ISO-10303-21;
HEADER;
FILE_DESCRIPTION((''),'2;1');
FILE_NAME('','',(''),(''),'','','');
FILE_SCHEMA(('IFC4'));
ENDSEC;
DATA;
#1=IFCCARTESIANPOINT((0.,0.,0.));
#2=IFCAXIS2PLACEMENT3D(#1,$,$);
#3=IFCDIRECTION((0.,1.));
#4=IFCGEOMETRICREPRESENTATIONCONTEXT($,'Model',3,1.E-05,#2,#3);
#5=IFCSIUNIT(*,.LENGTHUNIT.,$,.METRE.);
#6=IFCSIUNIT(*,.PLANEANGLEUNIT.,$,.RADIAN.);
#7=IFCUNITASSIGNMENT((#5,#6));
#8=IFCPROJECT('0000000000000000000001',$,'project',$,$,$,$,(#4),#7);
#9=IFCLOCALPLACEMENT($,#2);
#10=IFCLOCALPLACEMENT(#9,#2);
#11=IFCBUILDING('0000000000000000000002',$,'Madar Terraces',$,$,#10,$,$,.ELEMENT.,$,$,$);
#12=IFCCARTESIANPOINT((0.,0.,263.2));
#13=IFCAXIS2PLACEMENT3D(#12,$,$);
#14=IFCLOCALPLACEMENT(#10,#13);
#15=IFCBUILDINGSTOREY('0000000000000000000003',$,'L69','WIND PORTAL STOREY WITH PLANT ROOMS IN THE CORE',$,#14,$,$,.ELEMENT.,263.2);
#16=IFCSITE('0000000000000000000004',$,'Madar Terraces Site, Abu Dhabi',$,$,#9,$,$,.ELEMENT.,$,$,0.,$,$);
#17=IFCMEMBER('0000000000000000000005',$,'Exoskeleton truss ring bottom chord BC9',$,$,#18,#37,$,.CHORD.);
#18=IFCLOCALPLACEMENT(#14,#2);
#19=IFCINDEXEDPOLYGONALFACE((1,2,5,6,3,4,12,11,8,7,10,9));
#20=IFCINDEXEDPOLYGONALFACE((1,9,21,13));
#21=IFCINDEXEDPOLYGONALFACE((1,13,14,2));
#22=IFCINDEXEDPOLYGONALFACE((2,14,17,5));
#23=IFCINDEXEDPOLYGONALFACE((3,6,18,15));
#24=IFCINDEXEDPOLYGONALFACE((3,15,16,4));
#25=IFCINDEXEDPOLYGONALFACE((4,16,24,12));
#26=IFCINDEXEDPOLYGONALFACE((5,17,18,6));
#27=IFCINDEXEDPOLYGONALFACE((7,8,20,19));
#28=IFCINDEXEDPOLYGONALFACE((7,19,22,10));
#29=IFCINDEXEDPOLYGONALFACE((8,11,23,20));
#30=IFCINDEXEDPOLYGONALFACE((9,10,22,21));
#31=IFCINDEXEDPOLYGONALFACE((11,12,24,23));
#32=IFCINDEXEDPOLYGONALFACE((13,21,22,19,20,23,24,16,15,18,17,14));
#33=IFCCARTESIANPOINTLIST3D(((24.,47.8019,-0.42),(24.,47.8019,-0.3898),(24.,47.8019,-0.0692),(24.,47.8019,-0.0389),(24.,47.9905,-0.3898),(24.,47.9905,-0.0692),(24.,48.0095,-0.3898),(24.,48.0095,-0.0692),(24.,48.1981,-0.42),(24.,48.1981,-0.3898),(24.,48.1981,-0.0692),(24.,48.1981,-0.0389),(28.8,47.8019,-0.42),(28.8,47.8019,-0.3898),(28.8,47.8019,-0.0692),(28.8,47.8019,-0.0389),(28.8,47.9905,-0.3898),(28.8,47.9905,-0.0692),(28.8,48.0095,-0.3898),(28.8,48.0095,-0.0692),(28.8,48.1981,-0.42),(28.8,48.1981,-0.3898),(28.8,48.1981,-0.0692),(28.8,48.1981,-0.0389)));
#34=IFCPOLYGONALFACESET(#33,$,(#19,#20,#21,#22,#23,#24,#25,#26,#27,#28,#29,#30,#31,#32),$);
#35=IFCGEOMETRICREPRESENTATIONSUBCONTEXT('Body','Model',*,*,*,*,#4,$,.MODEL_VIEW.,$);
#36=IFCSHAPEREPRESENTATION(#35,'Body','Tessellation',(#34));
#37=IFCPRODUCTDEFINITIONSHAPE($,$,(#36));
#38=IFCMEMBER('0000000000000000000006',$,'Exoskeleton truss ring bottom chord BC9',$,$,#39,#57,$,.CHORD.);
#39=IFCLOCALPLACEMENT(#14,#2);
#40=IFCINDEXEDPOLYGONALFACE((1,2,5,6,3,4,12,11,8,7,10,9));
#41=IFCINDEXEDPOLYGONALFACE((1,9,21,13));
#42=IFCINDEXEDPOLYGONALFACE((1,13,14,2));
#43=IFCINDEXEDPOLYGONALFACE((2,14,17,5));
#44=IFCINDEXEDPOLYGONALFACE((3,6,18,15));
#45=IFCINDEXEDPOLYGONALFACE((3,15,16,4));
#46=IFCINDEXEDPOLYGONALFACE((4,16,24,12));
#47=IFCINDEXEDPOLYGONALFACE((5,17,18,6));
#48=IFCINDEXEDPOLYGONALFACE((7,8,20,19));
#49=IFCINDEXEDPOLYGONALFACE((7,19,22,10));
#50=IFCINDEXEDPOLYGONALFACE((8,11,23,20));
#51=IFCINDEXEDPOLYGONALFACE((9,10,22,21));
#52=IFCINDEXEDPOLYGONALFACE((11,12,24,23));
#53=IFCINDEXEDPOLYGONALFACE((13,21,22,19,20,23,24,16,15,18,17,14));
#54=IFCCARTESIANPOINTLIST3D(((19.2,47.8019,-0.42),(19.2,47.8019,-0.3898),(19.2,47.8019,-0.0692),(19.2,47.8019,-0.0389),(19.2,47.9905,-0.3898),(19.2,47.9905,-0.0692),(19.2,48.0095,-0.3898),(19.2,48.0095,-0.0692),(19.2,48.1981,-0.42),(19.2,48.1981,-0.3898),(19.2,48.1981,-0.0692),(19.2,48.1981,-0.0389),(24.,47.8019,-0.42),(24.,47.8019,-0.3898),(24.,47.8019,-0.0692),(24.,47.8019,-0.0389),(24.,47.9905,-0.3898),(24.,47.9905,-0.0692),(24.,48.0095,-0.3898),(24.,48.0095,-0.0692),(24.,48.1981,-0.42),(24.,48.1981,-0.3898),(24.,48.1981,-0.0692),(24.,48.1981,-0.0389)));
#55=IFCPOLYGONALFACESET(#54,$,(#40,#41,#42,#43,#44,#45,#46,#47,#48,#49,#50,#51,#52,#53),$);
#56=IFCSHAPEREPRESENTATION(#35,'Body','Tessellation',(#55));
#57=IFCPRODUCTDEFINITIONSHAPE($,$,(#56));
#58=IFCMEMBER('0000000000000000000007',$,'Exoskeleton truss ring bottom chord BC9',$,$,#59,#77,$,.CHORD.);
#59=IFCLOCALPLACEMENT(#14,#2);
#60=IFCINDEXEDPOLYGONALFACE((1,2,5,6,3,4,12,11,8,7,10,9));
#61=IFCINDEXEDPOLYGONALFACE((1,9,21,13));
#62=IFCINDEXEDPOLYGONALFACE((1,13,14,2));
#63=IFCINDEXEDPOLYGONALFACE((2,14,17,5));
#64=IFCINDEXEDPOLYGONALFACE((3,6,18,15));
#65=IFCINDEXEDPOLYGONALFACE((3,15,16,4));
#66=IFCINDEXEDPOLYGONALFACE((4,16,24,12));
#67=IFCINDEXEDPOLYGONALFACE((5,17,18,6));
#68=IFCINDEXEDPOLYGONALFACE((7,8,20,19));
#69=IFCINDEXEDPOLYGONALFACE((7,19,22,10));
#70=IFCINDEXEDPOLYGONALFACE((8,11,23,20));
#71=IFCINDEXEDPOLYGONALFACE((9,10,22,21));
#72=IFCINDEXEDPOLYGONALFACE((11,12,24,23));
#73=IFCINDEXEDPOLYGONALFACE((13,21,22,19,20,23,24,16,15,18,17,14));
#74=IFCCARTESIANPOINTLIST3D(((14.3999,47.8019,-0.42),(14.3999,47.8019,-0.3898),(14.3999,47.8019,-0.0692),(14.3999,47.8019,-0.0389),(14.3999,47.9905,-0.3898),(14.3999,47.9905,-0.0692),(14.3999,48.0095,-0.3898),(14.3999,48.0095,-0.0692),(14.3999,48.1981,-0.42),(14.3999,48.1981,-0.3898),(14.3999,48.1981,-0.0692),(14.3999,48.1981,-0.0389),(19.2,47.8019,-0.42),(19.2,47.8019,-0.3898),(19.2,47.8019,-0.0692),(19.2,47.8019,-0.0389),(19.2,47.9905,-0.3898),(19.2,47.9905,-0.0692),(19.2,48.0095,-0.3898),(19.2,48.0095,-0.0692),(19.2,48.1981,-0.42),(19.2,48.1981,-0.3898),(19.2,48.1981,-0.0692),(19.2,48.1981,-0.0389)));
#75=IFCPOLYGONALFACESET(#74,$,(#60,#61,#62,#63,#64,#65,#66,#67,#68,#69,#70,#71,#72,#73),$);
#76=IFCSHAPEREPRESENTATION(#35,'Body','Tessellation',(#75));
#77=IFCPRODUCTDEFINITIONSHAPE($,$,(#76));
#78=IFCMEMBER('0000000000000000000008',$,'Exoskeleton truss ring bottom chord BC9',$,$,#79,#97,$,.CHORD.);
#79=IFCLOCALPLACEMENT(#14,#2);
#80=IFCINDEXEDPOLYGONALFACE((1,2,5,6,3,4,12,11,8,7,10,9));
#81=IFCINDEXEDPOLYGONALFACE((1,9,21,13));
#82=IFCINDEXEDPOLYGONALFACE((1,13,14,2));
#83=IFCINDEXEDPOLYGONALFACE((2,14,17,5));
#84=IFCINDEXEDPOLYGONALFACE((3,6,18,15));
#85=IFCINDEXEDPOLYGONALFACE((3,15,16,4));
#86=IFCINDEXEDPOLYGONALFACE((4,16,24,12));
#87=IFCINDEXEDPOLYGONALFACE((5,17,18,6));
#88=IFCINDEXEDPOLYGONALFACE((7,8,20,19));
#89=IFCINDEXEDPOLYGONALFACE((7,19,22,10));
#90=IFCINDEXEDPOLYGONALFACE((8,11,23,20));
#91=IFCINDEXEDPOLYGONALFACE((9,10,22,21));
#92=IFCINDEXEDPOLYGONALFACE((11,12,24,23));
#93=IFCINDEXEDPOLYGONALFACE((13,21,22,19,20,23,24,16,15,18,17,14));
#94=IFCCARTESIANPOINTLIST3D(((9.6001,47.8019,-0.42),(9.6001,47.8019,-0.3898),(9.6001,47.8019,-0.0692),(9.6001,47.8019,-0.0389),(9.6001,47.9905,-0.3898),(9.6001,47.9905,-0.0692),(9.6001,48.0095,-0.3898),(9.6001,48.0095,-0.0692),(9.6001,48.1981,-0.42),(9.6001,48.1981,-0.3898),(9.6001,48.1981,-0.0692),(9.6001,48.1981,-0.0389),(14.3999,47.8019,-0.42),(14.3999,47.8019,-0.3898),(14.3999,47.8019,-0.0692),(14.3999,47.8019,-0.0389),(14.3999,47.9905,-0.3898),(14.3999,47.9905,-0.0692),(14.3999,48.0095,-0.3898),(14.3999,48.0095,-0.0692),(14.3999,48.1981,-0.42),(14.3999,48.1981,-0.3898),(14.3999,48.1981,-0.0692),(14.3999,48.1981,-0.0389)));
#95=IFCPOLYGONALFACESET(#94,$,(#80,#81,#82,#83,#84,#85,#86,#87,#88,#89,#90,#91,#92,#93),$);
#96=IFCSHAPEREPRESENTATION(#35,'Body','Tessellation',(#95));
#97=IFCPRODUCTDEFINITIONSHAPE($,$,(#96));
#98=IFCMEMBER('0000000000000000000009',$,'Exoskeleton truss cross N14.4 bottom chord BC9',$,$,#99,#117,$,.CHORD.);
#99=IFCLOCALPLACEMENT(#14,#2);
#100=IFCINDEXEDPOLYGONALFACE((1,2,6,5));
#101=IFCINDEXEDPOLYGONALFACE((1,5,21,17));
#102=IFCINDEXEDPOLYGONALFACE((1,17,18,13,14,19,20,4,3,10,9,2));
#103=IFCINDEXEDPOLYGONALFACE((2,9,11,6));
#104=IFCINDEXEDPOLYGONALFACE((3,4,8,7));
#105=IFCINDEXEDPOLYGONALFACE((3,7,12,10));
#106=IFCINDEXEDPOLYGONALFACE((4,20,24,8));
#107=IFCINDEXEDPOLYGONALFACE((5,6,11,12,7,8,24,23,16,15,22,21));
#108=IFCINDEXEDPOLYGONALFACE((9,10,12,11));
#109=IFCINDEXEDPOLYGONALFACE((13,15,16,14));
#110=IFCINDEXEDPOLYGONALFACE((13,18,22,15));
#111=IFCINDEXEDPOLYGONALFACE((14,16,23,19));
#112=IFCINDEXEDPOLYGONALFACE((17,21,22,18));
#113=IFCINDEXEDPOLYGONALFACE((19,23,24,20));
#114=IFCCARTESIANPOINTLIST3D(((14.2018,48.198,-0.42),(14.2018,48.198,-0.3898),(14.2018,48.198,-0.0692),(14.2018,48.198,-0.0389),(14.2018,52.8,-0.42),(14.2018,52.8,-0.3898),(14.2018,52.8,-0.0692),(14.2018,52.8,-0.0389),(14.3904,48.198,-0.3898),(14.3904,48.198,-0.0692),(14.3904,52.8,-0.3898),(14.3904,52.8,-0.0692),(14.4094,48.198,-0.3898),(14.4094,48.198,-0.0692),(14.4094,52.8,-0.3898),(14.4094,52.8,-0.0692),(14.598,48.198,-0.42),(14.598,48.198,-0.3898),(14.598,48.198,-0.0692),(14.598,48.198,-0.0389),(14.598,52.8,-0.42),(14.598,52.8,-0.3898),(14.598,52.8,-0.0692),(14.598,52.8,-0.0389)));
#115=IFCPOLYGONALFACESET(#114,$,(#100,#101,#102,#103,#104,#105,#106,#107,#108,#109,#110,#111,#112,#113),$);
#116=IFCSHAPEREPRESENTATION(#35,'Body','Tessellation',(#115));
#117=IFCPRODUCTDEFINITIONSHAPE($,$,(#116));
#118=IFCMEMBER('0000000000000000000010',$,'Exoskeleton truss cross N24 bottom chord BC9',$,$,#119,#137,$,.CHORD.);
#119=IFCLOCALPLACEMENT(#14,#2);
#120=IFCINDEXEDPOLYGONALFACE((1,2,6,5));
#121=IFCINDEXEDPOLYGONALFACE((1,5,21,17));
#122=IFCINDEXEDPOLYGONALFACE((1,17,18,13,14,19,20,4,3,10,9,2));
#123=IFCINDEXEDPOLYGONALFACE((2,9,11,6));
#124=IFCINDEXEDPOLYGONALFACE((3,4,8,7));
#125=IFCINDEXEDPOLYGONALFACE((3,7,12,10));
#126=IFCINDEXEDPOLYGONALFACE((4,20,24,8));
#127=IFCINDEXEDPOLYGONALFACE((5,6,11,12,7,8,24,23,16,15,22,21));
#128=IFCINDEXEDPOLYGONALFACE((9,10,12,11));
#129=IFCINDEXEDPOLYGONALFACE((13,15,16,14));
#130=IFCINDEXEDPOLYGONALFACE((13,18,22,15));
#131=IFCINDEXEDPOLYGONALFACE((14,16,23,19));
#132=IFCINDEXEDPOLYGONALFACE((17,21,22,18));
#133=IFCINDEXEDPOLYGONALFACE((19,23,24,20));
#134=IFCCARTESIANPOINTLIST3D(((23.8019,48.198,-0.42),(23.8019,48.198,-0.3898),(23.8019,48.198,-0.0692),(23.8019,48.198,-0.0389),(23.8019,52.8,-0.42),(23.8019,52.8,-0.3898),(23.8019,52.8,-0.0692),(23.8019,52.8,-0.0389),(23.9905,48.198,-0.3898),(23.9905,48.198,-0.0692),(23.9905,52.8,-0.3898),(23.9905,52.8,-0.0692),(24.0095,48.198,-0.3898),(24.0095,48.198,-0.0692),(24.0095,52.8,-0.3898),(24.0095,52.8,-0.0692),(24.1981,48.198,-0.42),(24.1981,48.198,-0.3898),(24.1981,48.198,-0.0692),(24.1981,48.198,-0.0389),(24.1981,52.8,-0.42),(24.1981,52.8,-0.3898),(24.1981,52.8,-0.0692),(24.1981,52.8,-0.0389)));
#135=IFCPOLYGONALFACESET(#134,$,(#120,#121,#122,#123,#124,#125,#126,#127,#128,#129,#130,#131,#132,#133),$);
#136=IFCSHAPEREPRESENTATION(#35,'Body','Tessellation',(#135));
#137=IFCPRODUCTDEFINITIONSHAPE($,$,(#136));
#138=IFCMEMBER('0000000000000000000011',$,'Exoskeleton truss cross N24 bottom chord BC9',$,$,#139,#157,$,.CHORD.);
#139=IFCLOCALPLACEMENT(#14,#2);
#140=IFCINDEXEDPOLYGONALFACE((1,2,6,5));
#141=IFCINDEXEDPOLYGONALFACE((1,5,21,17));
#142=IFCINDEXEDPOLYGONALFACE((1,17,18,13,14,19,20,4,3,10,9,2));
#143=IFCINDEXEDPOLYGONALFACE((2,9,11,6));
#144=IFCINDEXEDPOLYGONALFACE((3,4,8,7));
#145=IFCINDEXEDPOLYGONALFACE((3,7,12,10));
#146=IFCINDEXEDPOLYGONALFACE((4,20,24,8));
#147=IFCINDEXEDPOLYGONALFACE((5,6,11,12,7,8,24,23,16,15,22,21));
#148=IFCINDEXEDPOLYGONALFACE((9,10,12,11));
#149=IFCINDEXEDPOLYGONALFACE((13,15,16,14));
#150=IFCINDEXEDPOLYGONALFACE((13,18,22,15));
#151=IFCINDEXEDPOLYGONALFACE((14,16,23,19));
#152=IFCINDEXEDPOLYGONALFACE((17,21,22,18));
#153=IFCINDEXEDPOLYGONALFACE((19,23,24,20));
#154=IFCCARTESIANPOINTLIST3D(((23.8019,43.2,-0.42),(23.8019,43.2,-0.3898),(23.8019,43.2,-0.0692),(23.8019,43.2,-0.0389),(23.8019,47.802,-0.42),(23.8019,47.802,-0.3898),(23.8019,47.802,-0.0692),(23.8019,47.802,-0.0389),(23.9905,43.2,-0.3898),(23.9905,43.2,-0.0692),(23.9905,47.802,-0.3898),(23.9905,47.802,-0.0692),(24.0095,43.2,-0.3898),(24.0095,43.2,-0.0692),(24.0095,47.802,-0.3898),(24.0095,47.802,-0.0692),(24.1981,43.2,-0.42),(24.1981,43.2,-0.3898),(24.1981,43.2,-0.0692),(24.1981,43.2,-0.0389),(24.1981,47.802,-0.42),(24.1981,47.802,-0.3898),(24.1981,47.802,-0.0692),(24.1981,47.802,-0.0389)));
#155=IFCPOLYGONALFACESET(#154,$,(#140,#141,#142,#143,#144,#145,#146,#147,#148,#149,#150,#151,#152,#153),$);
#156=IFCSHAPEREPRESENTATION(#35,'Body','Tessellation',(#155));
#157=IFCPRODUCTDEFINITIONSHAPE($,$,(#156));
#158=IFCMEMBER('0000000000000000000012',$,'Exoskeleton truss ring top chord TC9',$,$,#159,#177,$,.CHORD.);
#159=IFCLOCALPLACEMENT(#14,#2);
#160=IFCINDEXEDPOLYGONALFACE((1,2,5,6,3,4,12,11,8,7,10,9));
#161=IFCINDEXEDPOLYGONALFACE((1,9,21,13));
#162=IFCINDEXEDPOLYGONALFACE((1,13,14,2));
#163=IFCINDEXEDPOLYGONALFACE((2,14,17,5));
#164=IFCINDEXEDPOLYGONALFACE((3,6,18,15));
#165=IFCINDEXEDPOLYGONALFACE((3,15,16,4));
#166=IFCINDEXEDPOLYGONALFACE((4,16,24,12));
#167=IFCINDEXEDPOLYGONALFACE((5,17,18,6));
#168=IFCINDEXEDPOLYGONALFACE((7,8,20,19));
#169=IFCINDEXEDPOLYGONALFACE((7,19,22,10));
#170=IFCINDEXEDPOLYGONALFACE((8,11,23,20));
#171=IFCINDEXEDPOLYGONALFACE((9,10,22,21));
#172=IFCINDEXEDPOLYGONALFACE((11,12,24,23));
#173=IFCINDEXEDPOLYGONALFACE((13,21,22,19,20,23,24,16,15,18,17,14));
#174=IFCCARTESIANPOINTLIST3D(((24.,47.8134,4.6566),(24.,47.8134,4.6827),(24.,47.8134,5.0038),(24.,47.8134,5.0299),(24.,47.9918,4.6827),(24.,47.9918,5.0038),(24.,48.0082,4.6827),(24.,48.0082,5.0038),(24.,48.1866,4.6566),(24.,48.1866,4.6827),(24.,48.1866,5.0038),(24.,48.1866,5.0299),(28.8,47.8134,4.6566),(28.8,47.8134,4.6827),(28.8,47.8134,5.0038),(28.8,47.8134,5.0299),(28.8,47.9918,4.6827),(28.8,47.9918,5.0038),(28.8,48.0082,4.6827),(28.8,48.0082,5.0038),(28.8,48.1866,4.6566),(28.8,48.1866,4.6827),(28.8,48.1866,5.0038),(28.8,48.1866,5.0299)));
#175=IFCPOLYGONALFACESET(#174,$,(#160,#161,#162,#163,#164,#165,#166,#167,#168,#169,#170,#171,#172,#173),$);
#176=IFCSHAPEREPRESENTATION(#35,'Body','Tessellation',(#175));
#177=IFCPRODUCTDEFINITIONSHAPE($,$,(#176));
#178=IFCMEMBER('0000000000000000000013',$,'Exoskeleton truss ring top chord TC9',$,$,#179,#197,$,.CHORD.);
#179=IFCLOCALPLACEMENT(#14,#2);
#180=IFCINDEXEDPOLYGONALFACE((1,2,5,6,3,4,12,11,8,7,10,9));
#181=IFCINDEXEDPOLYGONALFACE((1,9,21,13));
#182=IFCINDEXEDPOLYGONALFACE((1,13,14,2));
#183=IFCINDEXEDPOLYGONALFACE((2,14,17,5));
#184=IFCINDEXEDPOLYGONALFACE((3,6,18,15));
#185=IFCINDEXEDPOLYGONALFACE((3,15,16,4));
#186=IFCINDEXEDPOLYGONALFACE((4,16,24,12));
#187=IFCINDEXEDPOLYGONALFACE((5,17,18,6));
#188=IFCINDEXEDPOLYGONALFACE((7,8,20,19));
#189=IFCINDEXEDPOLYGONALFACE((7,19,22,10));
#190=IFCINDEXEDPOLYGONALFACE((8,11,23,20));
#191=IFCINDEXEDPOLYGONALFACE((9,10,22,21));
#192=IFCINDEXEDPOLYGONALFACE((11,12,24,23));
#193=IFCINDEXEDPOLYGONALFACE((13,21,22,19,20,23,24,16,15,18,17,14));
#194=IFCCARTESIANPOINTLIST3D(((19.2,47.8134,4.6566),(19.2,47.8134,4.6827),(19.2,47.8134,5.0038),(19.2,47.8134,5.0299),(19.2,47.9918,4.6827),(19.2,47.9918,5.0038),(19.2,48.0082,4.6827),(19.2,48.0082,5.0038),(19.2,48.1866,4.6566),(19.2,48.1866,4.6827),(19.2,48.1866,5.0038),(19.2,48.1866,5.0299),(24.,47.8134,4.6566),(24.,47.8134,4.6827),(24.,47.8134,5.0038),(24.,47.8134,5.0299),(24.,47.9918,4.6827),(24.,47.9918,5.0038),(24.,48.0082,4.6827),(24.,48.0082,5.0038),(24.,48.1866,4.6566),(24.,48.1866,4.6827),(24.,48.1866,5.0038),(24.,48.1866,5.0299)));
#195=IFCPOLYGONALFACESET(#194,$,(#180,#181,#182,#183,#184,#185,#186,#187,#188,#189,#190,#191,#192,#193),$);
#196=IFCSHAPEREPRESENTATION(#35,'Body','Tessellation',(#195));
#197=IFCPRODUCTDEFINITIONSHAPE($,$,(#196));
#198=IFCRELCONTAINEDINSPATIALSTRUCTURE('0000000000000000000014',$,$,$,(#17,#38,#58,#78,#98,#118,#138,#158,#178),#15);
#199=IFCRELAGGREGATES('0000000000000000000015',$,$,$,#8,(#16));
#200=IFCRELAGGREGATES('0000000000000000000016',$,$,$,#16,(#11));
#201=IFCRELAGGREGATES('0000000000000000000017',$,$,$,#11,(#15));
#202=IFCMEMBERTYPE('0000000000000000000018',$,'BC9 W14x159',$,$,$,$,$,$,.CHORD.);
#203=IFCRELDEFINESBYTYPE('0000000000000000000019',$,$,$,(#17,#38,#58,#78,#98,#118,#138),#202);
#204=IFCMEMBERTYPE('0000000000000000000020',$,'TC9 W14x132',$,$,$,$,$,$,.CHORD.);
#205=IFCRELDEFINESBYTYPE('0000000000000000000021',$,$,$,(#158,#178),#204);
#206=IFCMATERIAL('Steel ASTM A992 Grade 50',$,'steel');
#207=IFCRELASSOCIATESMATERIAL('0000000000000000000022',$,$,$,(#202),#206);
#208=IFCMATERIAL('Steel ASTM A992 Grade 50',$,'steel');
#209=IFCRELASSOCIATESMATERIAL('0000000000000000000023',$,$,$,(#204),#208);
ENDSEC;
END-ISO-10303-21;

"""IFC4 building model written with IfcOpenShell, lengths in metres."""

from ifc_helpers import new_model, si_unit, direction, frame, origin, origin_2d, place, context, subcontext, project, spatial, i_section, extrude, material, material_profile, profile_set, type_object, element, save


model = new_model("IFC4")

# Units and contexts
model_context = context("Model", 3, precision=1e-05, world=origin(), true_north=direction((0.0, 1.0)))
body_context = subcontext(model_context, "Body", "Model", "MODEL_VIEW")
ifc_project = project(units=[si_unit("LENGTHUNIT", "METRE"), si_unit("PLANEANGLEUNIT", "RADIAN")], contexts=[model_context])

# Site, building, storey
site_placement = place(None, origin())
site = spatial("IfcSite", under=ifc_project, at=site_placement, Name="Madar Terraces Site, Abu Dhabi", CompositionType="ELEMENT", RefElevation=0.0)
building_placement = place(site_placement, origin())
building = spatial("IfcBuilding", under=site, at=building_placement, Name="Madar Terraces", CompositionType="ELEMENT")
storey_placement = place(building_placement, frame((0.0, 0.0, 263.2)))
storey = spatial("IfcBuildingStorey", under=building, at=storey_placement, Name="L69", Description="WIND PORTAL STOREY WITH PLANT ROOMS IN THE CORE", CompositionType="ELEMENT", Elevation=263.2)

# Members
ifc_material_1 = material(Name="Steel ASTM A992 Grade 50", Category="steel")
ifc_material_profile_1 = material_profile(ifc_material_1, i_section(OverallWidth=0.3962, OverallDepth=0.3811, WebThickness=0.019, FlangeThickness=0.0303, at=origin_2d()), Name="W14x159")
ifc_profile_set_1 = profile_set([ifc_material_profile_1], Name="Steel ASTM A992 Grade 50")
member_type_1 = type_object("IfcMemberType", Name="BC9 W14x159", PredefinedType="CHORD", material=ifc_profile_set_1)
for number, where, z_axis, x_axis, name in (
    (1, (28.8, 48.0, -0.2295), (-1.0, 0.0, 0.0), (0.0, -1.0, 0.0), "Exoskeleton truss ring bottom chord BC9"),
    (2, (24.0, 48.0, -0.2295), (-1.0, 0.0, 0.0), (0.0, -1.0, 0.0), "Exoskeleton truss ring bottom chord BC9"),
    (3, (19.2, 48.0, -0.2295), (-1.0, 0.0, 0.0), (0.0, -1.0, 0.0), "Exoskeleton truss ring bottom chord BC9"),
):
    element("IfcMember", number, at=place(storey_placement, frame(where, z_axis=z_axis, x_axis=x_axis)), inside=storey, type_object=member_type_1, Name=name, PredefinedType="CHORD", context=body_context, shape_type="SweptSolid", body=[
        extrude(i_section(OverallWidth=0.3962, OverallDepth=0.3811, WebThickness=0.019, FlangeThickness=0.0303, at=origin_2d()), origin(), (0.0, 0.0, 1.0), 4.8),
    ])
member_1_placement = place(storey_placement, frame((14.3999, 48.0, -0.2295), z_axis=(-1.0, 0.0, 0.0), x_axis=(0.0, -1.0, 0.0)))
element("IfcMember", 4, at=member_1_placement, inside=storey, type_object=member_type_1, Name="Exoskeleton truss ring bottom chord BC9", PredefinedType="CHORD", context=body_context, shape_type="SweptSolid", body=[
    extrude(i_section(OverallWidth=0.3962, OverallDepth=0.3811, WebThickness=0.019, FlangeThickness=0.0303, at=origin_2d()), origin(), (0.0, 0.0, 1.0), 4.7998),
])
for number, where, z_axis, x_axis, name in (
    (5, (14.3999, 52.8, -0.2295), (0.0, -1.0, 0.0), (1.0, 0.0, 0.0), "Exoskeleton truss cross N14.4 bottom chord BC9"),
    (6, (24.0, 52.8, -0.2295), (0.0, -1.0, 0.0), (1.0, 0.0, 0.0), "Exoskeleton truss cross N24 bottom chord BC9"),
    (7, (24.0, 47.802, -0.2295), (0.0, -1.0, 0.0), (1.0, 0.0, 0.0), "Exoskeleton truss cross N24 bottom chord BC9"),
):
    element("IfcMember", number, at=place(storey_placement, frame(where, z_axis=z_axis, x_axis=x_axis)), inside=storey, type_object=member_type_1, Name=name, PredefinedType="CHORD", context=body_context, shape_type="SweptSolid", body=[
        extrude(i_section(OverallWidth=0.3962, OverallDepth=0.3811, WebThickness=0.019, FlangeThickness=0.0303, at=origin_2d()), origin(), (0.0, 0.0, 1.0), 4.6021),
    ])
ifc_material_2 = material(Name="Steel ASTM A992 Grade 50", Category="steel")
ifc_material_profile_2 = material_profile(ifc_material_2, i_section(OverallWidth=0.3733, OverallDepth=0.3733, WebThickness=0.0164, FlangeThickness=0.0261, at=origin_2d()), Name="W14x132")
ifc_profile_set_2 = profile_set([ifc_material_profile_2], Name="Steel ASTM A992 Grade 50")
member_type_2 = type_object("IfcMemberType", Name="TC9 W14x132", PredefinedType="CHORD", material=ifc_profile_set_2)
for number, where, z_axis, x_axis, name in (
    (8, (28.8, 48.0, 4.8433), (-1.0, 0.0, 0.0), (0.0, -1.0, 0.0), "Exoskeleton truss ring top chord TC9"),
    (9, (24.0, 48.0, 4.8433), (-1.0, 0.0, 0.0), (0.0, -1.0, 0.0), "Exoskeleton truss ring top chord TC9"),
):
    element("IfcMember", number, at=place(storey_placement, frame(where, z_axis=z_axis, x_axis=x_axis)), inside=storey, type_object=member_type_2, Name=name, PredefinedType="CHORD", context=body_context, shape_type="SweptSolid", body=[
        extrude(i_section(OverallWidth=0.3733, OverallDepth=0.3733, WebThickness=0.0164, FlangeThickness=0.0261, at=origin_2d()), origin(), (0.0, 0.0, 1.0), 4.8),
    ])

save(model, "model.ifc")
